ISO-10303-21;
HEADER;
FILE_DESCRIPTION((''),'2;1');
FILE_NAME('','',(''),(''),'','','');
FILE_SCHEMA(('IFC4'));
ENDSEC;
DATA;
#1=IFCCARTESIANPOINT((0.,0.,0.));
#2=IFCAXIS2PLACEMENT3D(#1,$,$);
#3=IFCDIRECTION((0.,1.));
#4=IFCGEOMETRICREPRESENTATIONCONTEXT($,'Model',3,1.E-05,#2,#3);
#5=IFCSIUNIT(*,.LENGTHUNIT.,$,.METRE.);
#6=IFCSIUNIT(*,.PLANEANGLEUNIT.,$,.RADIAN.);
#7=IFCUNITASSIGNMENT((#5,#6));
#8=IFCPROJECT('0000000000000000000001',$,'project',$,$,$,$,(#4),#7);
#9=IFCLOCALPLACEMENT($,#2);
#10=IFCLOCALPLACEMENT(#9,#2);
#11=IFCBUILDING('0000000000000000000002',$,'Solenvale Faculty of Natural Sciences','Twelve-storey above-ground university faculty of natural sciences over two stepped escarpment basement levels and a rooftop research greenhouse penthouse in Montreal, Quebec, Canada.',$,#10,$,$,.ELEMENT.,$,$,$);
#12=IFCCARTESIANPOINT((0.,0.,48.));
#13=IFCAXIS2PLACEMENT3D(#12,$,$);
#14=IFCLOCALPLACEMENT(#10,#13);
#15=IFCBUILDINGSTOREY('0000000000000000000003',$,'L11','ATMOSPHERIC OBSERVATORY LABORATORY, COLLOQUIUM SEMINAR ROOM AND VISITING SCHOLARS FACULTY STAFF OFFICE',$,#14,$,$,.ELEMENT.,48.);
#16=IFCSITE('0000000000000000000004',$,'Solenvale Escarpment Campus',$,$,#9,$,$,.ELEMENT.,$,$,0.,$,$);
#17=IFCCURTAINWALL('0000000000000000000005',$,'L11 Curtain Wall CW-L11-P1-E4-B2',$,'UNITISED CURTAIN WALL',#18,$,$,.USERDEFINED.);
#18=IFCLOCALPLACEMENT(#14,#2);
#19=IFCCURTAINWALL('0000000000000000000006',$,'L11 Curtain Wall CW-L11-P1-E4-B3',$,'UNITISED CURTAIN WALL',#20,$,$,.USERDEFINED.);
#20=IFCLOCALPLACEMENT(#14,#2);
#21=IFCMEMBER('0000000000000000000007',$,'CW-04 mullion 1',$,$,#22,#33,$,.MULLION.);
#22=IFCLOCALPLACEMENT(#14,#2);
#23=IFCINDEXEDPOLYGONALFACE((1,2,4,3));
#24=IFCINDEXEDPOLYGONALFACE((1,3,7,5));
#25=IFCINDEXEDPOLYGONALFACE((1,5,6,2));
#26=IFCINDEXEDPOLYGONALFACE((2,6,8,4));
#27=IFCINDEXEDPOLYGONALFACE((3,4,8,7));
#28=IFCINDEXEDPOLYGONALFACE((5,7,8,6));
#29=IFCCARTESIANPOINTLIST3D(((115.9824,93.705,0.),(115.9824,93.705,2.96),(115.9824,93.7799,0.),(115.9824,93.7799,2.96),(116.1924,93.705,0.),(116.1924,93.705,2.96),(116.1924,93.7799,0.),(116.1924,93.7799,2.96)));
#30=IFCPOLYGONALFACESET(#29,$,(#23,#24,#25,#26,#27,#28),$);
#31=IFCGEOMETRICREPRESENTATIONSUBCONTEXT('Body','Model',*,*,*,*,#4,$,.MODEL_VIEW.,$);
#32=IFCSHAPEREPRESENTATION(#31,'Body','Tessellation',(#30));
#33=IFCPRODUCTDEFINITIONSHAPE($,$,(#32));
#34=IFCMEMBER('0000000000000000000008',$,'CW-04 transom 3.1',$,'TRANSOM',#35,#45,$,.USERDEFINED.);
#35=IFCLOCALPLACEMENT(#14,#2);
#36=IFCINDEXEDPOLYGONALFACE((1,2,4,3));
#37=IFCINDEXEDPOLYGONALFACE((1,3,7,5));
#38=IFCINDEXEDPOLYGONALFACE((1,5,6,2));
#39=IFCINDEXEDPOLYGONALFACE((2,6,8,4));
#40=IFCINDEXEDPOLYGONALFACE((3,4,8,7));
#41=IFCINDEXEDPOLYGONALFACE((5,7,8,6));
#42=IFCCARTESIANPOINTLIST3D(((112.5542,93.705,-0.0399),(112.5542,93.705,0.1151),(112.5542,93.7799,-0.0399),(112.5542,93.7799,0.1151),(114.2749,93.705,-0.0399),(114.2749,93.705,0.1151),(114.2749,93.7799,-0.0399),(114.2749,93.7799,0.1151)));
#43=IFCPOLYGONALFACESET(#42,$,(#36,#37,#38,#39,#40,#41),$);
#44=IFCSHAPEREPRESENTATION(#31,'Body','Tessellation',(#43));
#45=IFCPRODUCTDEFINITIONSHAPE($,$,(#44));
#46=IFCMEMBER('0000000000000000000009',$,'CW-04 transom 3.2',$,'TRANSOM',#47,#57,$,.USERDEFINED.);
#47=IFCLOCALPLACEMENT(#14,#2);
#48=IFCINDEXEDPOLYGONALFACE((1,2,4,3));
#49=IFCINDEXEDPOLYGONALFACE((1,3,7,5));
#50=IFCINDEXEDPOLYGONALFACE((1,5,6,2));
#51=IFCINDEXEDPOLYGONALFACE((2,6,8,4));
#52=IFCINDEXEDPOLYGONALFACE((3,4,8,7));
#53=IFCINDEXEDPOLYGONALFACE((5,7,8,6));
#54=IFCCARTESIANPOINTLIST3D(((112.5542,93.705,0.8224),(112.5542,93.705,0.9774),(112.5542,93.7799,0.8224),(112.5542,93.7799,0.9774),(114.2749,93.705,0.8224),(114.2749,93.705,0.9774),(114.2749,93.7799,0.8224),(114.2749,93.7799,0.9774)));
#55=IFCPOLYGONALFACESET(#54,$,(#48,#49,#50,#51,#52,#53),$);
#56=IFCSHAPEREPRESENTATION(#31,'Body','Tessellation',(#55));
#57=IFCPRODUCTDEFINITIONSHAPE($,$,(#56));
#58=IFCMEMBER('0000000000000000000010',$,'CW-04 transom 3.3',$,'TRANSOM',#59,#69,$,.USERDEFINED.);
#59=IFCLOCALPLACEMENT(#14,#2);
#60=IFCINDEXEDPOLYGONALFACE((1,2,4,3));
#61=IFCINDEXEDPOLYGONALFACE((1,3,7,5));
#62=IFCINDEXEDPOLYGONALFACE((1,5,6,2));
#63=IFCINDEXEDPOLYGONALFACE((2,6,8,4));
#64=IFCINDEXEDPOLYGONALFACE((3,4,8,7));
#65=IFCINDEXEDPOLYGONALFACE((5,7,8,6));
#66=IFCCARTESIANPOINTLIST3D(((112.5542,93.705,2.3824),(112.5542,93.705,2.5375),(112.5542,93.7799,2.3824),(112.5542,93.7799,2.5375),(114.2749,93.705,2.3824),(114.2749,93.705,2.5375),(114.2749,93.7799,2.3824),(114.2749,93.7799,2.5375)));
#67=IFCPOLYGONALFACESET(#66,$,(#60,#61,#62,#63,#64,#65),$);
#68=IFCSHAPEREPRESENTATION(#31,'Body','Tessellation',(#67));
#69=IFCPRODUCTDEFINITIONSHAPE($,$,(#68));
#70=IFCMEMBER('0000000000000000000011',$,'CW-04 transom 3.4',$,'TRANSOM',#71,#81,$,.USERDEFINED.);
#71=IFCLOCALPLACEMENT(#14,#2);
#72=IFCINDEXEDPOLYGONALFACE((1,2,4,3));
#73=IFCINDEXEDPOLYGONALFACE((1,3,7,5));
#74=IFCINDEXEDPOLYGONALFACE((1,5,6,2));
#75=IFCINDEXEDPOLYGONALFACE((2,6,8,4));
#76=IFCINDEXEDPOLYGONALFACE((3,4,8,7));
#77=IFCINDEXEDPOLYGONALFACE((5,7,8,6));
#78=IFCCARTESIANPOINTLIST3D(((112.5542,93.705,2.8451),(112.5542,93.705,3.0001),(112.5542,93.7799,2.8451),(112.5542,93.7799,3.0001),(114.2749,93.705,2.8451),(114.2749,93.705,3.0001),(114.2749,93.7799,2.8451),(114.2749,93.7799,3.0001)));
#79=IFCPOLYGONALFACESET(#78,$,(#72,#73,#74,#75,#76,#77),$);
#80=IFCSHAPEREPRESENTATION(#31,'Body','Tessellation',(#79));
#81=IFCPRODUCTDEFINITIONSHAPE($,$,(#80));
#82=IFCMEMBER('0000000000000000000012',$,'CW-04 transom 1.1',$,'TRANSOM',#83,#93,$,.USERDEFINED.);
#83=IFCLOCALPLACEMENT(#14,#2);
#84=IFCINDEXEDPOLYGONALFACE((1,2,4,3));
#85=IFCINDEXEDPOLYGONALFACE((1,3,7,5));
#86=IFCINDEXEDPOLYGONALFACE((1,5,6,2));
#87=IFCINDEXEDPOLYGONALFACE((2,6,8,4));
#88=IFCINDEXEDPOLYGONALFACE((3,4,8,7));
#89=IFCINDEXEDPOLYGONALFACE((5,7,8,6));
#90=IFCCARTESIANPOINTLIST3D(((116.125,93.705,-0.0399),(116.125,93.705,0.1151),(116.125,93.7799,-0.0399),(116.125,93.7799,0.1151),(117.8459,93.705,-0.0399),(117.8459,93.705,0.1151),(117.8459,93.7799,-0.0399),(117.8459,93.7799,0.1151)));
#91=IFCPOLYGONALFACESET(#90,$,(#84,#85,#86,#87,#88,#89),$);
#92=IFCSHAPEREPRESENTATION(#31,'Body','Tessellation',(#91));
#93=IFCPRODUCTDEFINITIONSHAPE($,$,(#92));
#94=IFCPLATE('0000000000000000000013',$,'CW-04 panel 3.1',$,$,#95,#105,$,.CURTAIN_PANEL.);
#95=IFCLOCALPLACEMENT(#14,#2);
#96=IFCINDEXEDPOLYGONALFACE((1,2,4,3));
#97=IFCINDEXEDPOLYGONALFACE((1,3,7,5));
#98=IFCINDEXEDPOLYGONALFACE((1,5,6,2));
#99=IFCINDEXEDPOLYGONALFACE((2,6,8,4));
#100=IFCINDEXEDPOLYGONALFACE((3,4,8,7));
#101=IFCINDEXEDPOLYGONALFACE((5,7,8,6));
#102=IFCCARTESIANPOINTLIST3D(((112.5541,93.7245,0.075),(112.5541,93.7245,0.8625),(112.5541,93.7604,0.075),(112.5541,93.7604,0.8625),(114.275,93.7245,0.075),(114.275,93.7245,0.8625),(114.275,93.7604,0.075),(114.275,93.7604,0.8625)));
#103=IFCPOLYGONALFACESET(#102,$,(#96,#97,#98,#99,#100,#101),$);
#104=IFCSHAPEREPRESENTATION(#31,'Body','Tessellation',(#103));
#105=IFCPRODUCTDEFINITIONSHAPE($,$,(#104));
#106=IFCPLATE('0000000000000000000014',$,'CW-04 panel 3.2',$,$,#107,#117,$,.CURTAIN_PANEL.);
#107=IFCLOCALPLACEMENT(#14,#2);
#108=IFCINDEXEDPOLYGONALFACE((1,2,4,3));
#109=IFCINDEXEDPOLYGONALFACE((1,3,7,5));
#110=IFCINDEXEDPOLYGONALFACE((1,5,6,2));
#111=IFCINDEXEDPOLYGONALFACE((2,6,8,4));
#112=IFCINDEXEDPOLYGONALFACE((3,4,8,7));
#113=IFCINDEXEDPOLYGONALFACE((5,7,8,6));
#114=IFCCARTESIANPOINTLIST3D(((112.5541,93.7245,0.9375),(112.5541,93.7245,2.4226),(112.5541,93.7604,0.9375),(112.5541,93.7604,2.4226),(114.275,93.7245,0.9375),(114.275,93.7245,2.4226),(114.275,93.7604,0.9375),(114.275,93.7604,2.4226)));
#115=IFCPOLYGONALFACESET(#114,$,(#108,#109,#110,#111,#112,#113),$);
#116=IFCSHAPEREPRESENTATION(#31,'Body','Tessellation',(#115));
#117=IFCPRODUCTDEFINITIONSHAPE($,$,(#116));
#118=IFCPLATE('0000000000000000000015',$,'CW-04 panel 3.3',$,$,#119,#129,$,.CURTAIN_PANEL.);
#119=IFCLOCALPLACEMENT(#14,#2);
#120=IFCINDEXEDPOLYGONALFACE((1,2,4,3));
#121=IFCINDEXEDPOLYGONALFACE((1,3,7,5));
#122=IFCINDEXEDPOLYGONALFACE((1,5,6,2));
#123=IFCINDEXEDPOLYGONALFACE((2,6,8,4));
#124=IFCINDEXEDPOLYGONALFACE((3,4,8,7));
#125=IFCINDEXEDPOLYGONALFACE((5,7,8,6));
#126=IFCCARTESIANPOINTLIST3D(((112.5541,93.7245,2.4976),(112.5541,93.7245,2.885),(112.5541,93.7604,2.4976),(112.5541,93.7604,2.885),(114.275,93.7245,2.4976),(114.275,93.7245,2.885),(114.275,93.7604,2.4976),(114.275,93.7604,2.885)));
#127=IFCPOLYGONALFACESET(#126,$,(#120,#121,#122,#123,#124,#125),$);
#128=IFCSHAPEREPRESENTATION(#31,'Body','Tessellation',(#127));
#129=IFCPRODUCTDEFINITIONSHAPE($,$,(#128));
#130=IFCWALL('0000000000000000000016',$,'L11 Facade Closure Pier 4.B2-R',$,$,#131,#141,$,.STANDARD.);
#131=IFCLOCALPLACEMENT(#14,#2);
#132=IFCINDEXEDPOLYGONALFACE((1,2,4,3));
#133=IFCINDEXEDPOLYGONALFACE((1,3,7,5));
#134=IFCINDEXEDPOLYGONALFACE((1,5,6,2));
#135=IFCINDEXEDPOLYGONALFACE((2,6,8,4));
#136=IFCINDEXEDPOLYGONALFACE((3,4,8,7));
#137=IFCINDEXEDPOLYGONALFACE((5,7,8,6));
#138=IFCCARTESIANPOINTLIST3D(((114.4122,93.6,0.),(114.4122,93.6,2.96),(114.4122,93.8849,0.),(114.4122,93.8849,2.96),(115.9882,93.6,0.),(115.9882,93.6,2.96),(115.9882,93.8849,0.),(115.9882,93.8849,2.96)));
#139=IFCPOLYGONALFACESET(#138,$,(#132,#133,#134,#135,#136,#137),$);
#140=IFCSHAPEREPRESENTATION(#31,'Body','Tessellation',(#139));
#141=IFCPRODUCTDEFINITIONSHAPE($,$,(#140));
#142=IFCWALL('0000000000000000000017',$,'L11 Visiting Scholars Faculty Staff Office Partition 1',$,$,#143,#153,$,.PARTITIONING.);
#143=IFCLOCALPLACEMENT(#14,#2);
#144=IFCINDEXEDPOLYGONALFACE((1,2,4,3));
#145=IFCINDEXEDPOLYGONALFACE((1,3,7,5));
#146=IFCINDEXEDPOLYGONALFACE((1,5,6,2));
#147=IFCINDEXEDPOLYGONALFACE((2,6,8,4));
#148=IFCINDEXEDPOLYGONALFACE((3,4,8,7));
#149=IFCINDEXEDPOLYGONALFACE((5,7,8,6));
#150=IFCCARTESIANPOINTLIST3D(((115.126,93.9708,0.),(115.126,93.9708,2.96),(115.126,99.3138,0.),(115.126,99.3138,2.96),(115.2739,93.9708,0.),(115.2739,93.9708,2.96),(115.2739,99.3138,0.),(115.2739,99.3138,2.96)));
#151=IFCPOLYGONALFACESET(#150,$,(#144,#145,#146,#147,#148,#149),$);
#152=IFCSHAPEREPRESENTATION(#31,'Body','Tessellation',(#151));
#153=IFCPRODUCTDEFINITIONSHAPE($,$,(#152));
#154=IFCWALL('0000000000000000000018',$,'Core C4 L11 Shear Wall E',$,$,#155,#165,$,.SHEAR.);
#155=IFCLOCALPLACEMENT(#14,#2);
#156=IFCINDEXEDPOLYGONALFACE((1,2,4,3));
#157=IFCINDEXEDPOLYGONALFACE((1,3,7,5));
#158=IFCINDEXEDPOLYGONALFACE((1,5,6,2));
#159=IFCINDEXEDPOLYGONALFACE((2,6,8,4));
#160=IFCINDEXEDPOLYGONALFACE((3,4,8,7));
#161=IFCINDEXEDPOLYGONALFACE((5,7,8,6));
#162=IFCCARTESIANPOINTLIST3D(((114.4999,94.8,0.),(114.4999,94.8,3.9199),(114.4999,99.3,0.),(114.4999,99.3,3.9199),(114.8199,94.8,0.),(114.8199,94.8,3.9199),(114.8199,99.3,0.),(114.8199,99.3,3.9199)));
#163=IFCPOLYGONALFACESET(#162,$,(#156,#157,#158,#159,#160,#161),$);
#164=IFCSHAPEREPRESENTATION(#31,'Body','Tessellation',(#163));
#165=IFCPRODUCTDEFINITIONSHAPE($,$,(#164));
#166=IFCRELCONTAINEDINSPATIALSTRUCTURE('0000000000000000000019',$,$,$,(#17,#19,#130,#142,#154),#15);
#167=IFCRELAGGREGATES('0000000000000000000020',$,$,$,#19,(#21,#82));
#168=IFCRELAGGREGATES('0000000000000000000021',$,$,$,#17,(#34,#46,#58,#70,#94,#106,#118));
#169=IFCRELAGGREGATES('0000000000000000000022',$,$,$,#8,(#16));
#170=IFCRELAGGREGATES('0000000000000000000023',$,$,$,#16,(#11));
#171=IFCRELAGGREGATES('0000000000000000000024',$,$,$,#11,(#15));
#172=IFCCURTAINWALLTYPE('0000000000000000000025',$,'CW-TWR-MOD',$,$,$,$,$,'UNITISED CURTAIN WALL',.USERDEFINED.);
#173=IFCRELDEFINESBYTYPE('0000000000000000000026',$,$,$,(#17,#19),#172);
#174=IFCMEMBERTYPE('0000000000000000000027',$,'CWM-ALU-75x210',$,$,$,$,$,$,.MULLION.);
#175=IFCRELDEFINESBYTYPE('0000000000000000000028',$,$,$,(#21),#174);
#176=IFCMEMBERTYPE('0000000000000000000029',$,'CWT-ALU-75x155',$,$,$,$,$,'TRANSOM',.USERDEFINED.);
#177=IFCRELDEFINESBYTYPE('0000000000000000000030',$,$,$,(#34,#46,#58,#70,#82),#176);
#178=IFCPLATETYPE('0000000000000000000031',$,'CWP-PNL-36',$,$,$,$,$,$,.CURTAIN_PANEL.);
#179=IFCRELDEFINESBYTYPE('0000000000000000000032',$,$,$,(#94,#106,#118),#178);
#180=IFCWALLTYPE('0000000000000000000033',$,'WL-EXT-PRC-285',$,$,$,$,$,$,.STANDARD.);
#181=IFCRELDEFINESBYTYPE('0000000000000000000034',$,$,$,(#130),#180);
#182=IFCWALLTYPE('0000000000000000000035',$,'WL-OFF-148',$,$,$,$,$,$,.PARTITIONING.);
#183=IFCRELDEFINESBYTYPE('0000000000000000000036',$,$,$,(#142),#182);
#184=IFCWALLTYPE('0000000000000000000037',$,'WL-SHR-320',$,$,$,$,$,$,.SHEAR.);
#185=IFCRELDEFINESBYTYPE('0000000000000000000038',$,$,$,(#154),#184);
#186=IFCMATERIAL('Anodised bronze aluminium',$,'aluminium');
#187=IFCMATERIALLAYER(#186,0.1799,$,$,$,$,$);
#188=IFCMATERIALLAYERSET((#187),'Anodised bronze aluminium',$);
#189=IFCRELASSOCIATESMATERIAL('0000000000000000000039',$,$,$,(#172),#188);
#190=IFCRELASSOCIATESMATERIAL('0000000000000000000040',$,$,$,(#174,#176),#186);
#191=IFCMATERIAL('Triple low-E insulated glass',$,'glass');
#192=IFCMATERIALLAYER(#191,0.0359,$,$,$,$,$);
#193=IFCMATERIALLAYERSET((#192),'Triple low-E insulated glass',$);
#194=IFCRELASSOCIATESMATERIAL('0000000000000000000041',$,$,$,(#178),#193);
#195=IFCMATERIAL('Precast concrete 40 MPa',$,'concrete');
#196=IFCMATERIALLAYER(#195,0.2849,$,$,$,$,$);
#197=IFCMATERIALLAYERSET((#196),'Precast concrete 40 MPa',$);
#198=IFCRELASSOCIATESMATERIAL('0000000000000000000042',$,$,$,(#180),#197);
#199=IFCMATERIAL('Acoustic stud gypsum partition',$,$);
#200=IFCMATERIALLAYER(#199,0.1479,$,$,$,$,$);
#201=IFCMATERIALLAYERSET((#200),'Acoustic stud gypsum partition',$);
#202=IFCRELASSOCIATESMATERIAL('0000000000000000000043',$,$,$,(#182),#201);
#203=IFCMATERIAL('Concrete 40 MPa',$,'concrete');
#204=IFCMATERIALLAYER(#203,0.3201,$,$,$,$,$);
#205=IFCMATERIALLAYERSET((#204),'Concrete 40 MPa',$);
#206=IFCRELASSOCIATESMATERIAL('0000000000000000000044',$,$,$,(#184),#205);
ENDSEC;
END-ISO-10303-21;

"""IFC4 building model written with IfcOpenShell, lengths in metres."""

from ifc_helpers import new_model, si_unit, direction, frame, frame_2d, origin, origin_2d, place, context, subcontext, project, spatial, rectangle, extrude, material, layer, layer_set, material_profile, profile_set, type_object, element, aggregate, save


model = new_model("IFC4")

# Units and contexts
model_context = context("Model", 3, precision=1e-05, world=origin(), true_north=direction((0.0, 1.0)))
body_context = subcontext(model_context, "Body", "Model", "MODEL_VIEW")
ifc_project = project(units=[si_unit("LENGTHUNIT", "METRE"), si_unit("PLANEANGLEUNIT", "RADIAN")], contexts=[model_context])

# Site, building, storey
site_placement = place(None, origin())
site = spatial("IfcSite", under=ifc_project, at=site_placement, Name="Solenvale Escarpment Campus", CompositionType="ELEMENT", RefElevation=0.0)
building_placement = place(site_placement, origin())
building = spatial("IfcBuilding", under=site, at=building_placement, Name="Solenvale Faculty of Natural Sciences", Description="Twelve-storey above-ground university faculty of natural sciences over two stepped escarpment basement levels and a rooftop research greenhouse penthouse in Montreal, Quebec, Canada.", CompositionType="ELEMENT")
storey_placement = place(building_placement, frame((0.0, 0.0, 48.0)))
storey = spatial("IfcBuildingStorey", under=building, at=storey_placement, Name="L11", Description="ATMOSPHERIC OBSERVATORY LABORATORY, COLLOQUIUM SEMINAR ROOM AND VISITING SCHOLARS FACULTY STAFF OFFICE", CompositionType="ELEMENT", Elevation=48.0)

# Shared definitions
ifc_material_1 = material(Name="Concrete 40 MPa", Category="concrete")

# Curtain wall
ifc_material_2 = material(Name="Anodised bronze aluminium", Category="aluminium")
ifc_layer_1 = layer(ifc_material_2, 0.1799)
ifc_layer_set_1 = layer_set([ifc_layer_1], Name="Anodised bronze aluminium")
curtain_wall_type = type_object("IfcCurtainWallType", Name="CW-TWR-MOD", ElementType="UNITISED CURTAIN WALL", PredefinedType="USERDEFINED", material=ifc_layer_set_1)
curtain_wall_1_placement = place(storey_placement, origin())
curtain_wall_1 = element("IfcCurtainWall", 1, at=curtain_wall_1_placement, inside=storey, type_object=curtain_wall_type, Name="L11 Curtain Wall CW-L11-P1-E4-B2", ObjectType="UNITISED CURTAIN WALL", PredefinedType="USERDEFINED")
ifc_material_profile_1 = material_profile(ifc_material_2, rectangle(XDim=0.075, YDim=0.21, at=origin_2d()), Name="ALU-MUL-75x210")
ifc_profile_set_1 = profile_set([ifc_material_profile_1], Name="Anodised bronze aluminium")
member_type_1 = type_object("IfcMemberType", Name="CWM-ALU-75x210", PredefinedType="MULLION", material=ifc_profile_set_1)

# Curtain wall, member
curtain_wall_2_placement = place(storey_placement, origin())
curtain_wall_2 = element("IfcCurtainWall", 2, at=curtain_wall_2_placement, inside=storey, type_object=curtain_wall_type, Name="L11 Curtain Wall CW-L11-P1-E4-B3", ObjectType="UNITISED CURTAIN WALL", PredefinedType="USERDEFINED")
member_1_placement = place(storey_placement, frame((116.0874, 93.7424, 0.0), z_axis=(0.0, 0.0, 1.0), x_axis=(0.0, 1.0, 0.0)))
member_1 = element("IfcMember", 3, at=member_1_placement, type_object=member_type_1, Name="CW-04 mullion 1", PredefinedType="MULLION", context=body_context, shape_type="SweptSolid", body=[
    extrude(rectangle(XDim=0.075, YDim=0.21, at=origin_2d()), origin(), (0.0, 0.0, 1.0), 2.96),
])

# Members
ifc_material_profile_2 = material_profile(ifc_material_2, rectangle(XDim=0.075, YDim=0.155, at=origin_2d()), Name="ALU-TRN-75x155")
ifc_profile_set_2 = profile_set([ifc_material_profile_2], Name="Anodised bronze aluminium")
member_type_2 = type_object("IfcMemberType", Name="CWT-ALU-75x155", ElementType="TRANSOM", PredefinedType="USERDEFINED", material=ifc_profile_set_2)
member_2_placement = place(storey_placement, frame((112.5542, 93.7424, 0.0376), z_axis=(1.0, 0.0, 0.0), x_axis=(0.0, 1.0, 0.0)))
member_2 = element("IfcMember", 4, at=member_2_placement, type_object=member_type_2, Name="CW-04 transom 3.1", ObjectType="TRANSOM", PredefinedType="USERDEFINED", context=body_context, shape_type="SweptSolid", body=[
    extrude(rectangle(XDim=0.075, YDim=0.155, at=origin_2d()), origin(), (0.0, 0.0, 1.0), 1.7207),
])
member_3_placement = place(storey_placement, frame((112.5542, 93.7424, 0.8999), z_axis=(1.0, 0.0, 0.0), x_axis=(0.0, 1.0, 0.0)))
member_3 = element("IfcMember", 5, at=member_3_placement, type_object=member_type_2, Name="CW-04 transom 3.2", ObjectType="TRANSOM", PredefinedType="USERDEFINED", context=body_context, shape_type="SweptSolid", body=[
    extrude(rectangle(XDim=0.075, YDim=0.155, at=origin_2d()), origin(), (0.0, 0.0, 1.0), 1.7207),
])
member_4_placement = place(storey_placement, frame((112.5542, 93.7424, 2.46), z_axis=(1.0, 0.0, 0.0), x_axis=(0.0, 1.0, 0.0)))
member_4 = element("IfcMember", 6, at=member_4_placement, type_object=member_type_2, Name="CW-04 transom 3.3", ObjectType="TRANSOM", PredefinedType="USERDEFINED", context=body_context, shape_type="SweptSolid", body=[
    extrude(rectangle(XDim=0.075, YDim=0.155, at=origin_2d()), origin(), (0.0, 0.0, 1.0), 1.7207),
])
member_5_placement = place(storey_placement, frame((112.5542, 93.7424, 2.9226), z_axis=(1.0, 0.0, 0.0), x_axis=(0.0, 1.0, 0.0)))
member_5 = element("IfcMember", 7, at=member_5_placement, type_object=member_type_2, Name="CW-04 transom 3.4", ObjectType="TRANSOM", PredefinedType="USERDEFINED", context=body_context, shape_type="SweptSolid", body=[
    extrude(rectangle(XDim=0.075, YDim=0.155, at=origin_2d()), origin(), (0.0, 0.0, 1.0), 1.7207),
])
member_6_placement = place(storey_placement, frame((116.125, 93.7424, 0.0376), z_axis=(1.0, 0.0, 0.0), x_axis=(0.0, 1.0, 0.0)))
member_6 = element("IfcMember", 8, at=member_6_placement, type_object=member_type_2, Name="CW-04 transom 1.1", ObjectType="TRANSOM", PredefinedType="USERDEFINED", context=body_context, shape_type="SweptSolid", body=[
    extrude(rectangle(XDim=0.075, YDim=0.155, at=origin_2d()), origin(), (0.0, 0.0, 1.0), 1.7209),
])
aggregate(curtain_wall_2, [member_1, member_6])

# Plates
ifc_material_3 = material(Name="Triple low-E insulated glass", Category="glass")
ifc_layer_2 = layer(ifc_material_3, 0.0359)
ifc_layer_set_2 = layer_set([ifc_layer_2], Name="Triple low-E insulated glass")
plate_type = type_object("IfcPlateType", Name="CWP-PNL-36", PredefinedType="CURTAIN_PANEL", material=ifc_layer_set_2)
plate_1_placement = place(storey_placement, frame((113.4146, 93.7424, 0.075), z_axis=(0.0, 0.0, 1.0), x_axis=(1.0, 0.0, 0.0)))
plate_1 = element("IfcPlate", 9, at=plate_1_placement, type_object=plate_type, Name="CW-04 panel 3.1", PredefinedType="CURTAIN_PANEL", context=body_context, shape_type="SweptSolid", body=[
    extrude(rectangle(XDim=1.7209, YDim=0.0359, at=origin_2d()), origin(), (0.0, 0.0, 1.0), 0.7876),
])
plate_2_placement = place(storey_placement, frame((113.4146, 93.7424, 0.9375), z_axis=(0.0, 0.0, 1.0), x_axis=(1.0, 0.0, 0.0)))
plate_2 = element("IfcPlate", 10, at=plate_2_placement, type_object=plate_type, Name="CW-04 panel 3.2", PredefinedType="CURTAIN_PANEL", context=body_context, shape_type="SweptSolid", body=[
    extrude(rectangle(XDim=1.7209, YDim=0.0359, at=origin_2d()), origin(), (0.0, 0.0, 1.0), 1.4851),
])
plate_3_placement = place(storey_placement, frame((113.4146, 93.7424, 2.4976), z_axis=(0.0, 0.0, 1.0), x_axis=(1.0, 0.0, 0.0)))
plate_3 = element("IfcPlate", 11, at=plate_3_placement, type_object=plate_type, Name="CW-04 panel 3.3", PredefinedType="CURTAIN_PANEL", context=body_context, shape_type="SweptSolid", body=[
    extrude(rectangle(XDim=1.7209, YDim=0.0359, at=origin_2d()), origin(), (0.0, 0.0, 1.0), 0.3875),
])
aggregate(curtain_wall_1, [member_2, member_3, member_4, member_5, plate_1, plate_2, plate_3])

# Walls
ifc_material_4 = material(Name="Precast concrete 40 MPa", Category="concrete")
ifc_layer_3 = layer(ifc_material_4, 0.2849)
ifc_layer_set_3 = layer_set([ifc_layer_3], Name="Precast concrete 40 MPa")
wall_type_1 = type_object("IfcWallType", Name="WL-EXT-PRC-285", PredefinedType="STANDARD", material=ifc_layer_set_3)
wall_1_placement = place(storey_placement, frame((114.4121, 93.7424, 0.0), z_axis=(0.0, 0.0, 1.0), x_axis=(1.0, 0.0, 0.0)))
element("IfcWall", 12, at=wall_1_placement, inside=storey, type_object=wall_type_1, Name="L11 Facade Closure Pier 4.B2-R", PredefinedType="STANDARD", context=body_context, shape_type="SweptSolid", body=[
    extrude(rectangle(XDim=1.5759, YDim=0.2849, at=frame_2d((0.7881, 0.0))), origin(), (0.0, 0.0, 1.0), 2.96),
])
ifc_material_5 = material(Name="Acoustic stud gypsum partition")
ifc_layer_4 = layer(ifc_material_5, 0.1479)
ifc_layer_set_4 = layer_set([ifc_layer_4], Name="Acoustic stud gypsum partition")
wall_type_2 = type_object("IfcWallType", Name="WL-OFF-148", PredefinedType="PARTITIONING", material=ifc_layer_set_4)
wall_2_placement = place(storey_placement, frame((115.2, 93.9709, 0.0), z_axis=(0.0, 0.0, 1.0), x_axis=(0.0, 1.0, 0.0)))
element("IfcWall", 13, at=wall_2_placement, inside=storey, type_object=wall_type_2, Name="L11 Visiting Scholars Faculty Staff Office Partition 1", PredefinedType="PARTITIONING", context=body_context, shape_type="SweptSolid", body=[
    extrude(rectangle(XDim=5.343, YDim=0.1479, at=frame_2d((2.6714, 0.0))), origin(), (0.0, 0.0, 1.0), 2.96),
])
ifc_layer_5 = layer(ifc_material_1, 0.3201)
ifc_layer_set_5 = layer_set([ifc_layer_5], Name="Concrete 40 MPa")
wall_type_3 = type_object("IfcWallType", Name="WL-SHR-320", PredefinedType="SHEAR", material=ifc_layer_set_5)
wall_3_placement = place(storey_placement, frame((114.6599, 94.8, 0.0), z_axis=(0.0, 0.0, 1.0), x_axis=(0.0, 1.0, 0.0)))
element("IfcWall", 14, at=wall_3_placement, inside=storey, type_object=wall_type_3, Name="Core C4 L11 Shear Wall E", PredefinedType="SHEAR", context=body_context, shape_type="SweptSolid", body=[
    extrude(rectangle(XDim=4.5, YDim=0.3201, at=frame_2d((2.25, 0.0))), origin(), (0.0, 0.0, 1.0), 3.9199),
])

save(model, "model.ifc")
